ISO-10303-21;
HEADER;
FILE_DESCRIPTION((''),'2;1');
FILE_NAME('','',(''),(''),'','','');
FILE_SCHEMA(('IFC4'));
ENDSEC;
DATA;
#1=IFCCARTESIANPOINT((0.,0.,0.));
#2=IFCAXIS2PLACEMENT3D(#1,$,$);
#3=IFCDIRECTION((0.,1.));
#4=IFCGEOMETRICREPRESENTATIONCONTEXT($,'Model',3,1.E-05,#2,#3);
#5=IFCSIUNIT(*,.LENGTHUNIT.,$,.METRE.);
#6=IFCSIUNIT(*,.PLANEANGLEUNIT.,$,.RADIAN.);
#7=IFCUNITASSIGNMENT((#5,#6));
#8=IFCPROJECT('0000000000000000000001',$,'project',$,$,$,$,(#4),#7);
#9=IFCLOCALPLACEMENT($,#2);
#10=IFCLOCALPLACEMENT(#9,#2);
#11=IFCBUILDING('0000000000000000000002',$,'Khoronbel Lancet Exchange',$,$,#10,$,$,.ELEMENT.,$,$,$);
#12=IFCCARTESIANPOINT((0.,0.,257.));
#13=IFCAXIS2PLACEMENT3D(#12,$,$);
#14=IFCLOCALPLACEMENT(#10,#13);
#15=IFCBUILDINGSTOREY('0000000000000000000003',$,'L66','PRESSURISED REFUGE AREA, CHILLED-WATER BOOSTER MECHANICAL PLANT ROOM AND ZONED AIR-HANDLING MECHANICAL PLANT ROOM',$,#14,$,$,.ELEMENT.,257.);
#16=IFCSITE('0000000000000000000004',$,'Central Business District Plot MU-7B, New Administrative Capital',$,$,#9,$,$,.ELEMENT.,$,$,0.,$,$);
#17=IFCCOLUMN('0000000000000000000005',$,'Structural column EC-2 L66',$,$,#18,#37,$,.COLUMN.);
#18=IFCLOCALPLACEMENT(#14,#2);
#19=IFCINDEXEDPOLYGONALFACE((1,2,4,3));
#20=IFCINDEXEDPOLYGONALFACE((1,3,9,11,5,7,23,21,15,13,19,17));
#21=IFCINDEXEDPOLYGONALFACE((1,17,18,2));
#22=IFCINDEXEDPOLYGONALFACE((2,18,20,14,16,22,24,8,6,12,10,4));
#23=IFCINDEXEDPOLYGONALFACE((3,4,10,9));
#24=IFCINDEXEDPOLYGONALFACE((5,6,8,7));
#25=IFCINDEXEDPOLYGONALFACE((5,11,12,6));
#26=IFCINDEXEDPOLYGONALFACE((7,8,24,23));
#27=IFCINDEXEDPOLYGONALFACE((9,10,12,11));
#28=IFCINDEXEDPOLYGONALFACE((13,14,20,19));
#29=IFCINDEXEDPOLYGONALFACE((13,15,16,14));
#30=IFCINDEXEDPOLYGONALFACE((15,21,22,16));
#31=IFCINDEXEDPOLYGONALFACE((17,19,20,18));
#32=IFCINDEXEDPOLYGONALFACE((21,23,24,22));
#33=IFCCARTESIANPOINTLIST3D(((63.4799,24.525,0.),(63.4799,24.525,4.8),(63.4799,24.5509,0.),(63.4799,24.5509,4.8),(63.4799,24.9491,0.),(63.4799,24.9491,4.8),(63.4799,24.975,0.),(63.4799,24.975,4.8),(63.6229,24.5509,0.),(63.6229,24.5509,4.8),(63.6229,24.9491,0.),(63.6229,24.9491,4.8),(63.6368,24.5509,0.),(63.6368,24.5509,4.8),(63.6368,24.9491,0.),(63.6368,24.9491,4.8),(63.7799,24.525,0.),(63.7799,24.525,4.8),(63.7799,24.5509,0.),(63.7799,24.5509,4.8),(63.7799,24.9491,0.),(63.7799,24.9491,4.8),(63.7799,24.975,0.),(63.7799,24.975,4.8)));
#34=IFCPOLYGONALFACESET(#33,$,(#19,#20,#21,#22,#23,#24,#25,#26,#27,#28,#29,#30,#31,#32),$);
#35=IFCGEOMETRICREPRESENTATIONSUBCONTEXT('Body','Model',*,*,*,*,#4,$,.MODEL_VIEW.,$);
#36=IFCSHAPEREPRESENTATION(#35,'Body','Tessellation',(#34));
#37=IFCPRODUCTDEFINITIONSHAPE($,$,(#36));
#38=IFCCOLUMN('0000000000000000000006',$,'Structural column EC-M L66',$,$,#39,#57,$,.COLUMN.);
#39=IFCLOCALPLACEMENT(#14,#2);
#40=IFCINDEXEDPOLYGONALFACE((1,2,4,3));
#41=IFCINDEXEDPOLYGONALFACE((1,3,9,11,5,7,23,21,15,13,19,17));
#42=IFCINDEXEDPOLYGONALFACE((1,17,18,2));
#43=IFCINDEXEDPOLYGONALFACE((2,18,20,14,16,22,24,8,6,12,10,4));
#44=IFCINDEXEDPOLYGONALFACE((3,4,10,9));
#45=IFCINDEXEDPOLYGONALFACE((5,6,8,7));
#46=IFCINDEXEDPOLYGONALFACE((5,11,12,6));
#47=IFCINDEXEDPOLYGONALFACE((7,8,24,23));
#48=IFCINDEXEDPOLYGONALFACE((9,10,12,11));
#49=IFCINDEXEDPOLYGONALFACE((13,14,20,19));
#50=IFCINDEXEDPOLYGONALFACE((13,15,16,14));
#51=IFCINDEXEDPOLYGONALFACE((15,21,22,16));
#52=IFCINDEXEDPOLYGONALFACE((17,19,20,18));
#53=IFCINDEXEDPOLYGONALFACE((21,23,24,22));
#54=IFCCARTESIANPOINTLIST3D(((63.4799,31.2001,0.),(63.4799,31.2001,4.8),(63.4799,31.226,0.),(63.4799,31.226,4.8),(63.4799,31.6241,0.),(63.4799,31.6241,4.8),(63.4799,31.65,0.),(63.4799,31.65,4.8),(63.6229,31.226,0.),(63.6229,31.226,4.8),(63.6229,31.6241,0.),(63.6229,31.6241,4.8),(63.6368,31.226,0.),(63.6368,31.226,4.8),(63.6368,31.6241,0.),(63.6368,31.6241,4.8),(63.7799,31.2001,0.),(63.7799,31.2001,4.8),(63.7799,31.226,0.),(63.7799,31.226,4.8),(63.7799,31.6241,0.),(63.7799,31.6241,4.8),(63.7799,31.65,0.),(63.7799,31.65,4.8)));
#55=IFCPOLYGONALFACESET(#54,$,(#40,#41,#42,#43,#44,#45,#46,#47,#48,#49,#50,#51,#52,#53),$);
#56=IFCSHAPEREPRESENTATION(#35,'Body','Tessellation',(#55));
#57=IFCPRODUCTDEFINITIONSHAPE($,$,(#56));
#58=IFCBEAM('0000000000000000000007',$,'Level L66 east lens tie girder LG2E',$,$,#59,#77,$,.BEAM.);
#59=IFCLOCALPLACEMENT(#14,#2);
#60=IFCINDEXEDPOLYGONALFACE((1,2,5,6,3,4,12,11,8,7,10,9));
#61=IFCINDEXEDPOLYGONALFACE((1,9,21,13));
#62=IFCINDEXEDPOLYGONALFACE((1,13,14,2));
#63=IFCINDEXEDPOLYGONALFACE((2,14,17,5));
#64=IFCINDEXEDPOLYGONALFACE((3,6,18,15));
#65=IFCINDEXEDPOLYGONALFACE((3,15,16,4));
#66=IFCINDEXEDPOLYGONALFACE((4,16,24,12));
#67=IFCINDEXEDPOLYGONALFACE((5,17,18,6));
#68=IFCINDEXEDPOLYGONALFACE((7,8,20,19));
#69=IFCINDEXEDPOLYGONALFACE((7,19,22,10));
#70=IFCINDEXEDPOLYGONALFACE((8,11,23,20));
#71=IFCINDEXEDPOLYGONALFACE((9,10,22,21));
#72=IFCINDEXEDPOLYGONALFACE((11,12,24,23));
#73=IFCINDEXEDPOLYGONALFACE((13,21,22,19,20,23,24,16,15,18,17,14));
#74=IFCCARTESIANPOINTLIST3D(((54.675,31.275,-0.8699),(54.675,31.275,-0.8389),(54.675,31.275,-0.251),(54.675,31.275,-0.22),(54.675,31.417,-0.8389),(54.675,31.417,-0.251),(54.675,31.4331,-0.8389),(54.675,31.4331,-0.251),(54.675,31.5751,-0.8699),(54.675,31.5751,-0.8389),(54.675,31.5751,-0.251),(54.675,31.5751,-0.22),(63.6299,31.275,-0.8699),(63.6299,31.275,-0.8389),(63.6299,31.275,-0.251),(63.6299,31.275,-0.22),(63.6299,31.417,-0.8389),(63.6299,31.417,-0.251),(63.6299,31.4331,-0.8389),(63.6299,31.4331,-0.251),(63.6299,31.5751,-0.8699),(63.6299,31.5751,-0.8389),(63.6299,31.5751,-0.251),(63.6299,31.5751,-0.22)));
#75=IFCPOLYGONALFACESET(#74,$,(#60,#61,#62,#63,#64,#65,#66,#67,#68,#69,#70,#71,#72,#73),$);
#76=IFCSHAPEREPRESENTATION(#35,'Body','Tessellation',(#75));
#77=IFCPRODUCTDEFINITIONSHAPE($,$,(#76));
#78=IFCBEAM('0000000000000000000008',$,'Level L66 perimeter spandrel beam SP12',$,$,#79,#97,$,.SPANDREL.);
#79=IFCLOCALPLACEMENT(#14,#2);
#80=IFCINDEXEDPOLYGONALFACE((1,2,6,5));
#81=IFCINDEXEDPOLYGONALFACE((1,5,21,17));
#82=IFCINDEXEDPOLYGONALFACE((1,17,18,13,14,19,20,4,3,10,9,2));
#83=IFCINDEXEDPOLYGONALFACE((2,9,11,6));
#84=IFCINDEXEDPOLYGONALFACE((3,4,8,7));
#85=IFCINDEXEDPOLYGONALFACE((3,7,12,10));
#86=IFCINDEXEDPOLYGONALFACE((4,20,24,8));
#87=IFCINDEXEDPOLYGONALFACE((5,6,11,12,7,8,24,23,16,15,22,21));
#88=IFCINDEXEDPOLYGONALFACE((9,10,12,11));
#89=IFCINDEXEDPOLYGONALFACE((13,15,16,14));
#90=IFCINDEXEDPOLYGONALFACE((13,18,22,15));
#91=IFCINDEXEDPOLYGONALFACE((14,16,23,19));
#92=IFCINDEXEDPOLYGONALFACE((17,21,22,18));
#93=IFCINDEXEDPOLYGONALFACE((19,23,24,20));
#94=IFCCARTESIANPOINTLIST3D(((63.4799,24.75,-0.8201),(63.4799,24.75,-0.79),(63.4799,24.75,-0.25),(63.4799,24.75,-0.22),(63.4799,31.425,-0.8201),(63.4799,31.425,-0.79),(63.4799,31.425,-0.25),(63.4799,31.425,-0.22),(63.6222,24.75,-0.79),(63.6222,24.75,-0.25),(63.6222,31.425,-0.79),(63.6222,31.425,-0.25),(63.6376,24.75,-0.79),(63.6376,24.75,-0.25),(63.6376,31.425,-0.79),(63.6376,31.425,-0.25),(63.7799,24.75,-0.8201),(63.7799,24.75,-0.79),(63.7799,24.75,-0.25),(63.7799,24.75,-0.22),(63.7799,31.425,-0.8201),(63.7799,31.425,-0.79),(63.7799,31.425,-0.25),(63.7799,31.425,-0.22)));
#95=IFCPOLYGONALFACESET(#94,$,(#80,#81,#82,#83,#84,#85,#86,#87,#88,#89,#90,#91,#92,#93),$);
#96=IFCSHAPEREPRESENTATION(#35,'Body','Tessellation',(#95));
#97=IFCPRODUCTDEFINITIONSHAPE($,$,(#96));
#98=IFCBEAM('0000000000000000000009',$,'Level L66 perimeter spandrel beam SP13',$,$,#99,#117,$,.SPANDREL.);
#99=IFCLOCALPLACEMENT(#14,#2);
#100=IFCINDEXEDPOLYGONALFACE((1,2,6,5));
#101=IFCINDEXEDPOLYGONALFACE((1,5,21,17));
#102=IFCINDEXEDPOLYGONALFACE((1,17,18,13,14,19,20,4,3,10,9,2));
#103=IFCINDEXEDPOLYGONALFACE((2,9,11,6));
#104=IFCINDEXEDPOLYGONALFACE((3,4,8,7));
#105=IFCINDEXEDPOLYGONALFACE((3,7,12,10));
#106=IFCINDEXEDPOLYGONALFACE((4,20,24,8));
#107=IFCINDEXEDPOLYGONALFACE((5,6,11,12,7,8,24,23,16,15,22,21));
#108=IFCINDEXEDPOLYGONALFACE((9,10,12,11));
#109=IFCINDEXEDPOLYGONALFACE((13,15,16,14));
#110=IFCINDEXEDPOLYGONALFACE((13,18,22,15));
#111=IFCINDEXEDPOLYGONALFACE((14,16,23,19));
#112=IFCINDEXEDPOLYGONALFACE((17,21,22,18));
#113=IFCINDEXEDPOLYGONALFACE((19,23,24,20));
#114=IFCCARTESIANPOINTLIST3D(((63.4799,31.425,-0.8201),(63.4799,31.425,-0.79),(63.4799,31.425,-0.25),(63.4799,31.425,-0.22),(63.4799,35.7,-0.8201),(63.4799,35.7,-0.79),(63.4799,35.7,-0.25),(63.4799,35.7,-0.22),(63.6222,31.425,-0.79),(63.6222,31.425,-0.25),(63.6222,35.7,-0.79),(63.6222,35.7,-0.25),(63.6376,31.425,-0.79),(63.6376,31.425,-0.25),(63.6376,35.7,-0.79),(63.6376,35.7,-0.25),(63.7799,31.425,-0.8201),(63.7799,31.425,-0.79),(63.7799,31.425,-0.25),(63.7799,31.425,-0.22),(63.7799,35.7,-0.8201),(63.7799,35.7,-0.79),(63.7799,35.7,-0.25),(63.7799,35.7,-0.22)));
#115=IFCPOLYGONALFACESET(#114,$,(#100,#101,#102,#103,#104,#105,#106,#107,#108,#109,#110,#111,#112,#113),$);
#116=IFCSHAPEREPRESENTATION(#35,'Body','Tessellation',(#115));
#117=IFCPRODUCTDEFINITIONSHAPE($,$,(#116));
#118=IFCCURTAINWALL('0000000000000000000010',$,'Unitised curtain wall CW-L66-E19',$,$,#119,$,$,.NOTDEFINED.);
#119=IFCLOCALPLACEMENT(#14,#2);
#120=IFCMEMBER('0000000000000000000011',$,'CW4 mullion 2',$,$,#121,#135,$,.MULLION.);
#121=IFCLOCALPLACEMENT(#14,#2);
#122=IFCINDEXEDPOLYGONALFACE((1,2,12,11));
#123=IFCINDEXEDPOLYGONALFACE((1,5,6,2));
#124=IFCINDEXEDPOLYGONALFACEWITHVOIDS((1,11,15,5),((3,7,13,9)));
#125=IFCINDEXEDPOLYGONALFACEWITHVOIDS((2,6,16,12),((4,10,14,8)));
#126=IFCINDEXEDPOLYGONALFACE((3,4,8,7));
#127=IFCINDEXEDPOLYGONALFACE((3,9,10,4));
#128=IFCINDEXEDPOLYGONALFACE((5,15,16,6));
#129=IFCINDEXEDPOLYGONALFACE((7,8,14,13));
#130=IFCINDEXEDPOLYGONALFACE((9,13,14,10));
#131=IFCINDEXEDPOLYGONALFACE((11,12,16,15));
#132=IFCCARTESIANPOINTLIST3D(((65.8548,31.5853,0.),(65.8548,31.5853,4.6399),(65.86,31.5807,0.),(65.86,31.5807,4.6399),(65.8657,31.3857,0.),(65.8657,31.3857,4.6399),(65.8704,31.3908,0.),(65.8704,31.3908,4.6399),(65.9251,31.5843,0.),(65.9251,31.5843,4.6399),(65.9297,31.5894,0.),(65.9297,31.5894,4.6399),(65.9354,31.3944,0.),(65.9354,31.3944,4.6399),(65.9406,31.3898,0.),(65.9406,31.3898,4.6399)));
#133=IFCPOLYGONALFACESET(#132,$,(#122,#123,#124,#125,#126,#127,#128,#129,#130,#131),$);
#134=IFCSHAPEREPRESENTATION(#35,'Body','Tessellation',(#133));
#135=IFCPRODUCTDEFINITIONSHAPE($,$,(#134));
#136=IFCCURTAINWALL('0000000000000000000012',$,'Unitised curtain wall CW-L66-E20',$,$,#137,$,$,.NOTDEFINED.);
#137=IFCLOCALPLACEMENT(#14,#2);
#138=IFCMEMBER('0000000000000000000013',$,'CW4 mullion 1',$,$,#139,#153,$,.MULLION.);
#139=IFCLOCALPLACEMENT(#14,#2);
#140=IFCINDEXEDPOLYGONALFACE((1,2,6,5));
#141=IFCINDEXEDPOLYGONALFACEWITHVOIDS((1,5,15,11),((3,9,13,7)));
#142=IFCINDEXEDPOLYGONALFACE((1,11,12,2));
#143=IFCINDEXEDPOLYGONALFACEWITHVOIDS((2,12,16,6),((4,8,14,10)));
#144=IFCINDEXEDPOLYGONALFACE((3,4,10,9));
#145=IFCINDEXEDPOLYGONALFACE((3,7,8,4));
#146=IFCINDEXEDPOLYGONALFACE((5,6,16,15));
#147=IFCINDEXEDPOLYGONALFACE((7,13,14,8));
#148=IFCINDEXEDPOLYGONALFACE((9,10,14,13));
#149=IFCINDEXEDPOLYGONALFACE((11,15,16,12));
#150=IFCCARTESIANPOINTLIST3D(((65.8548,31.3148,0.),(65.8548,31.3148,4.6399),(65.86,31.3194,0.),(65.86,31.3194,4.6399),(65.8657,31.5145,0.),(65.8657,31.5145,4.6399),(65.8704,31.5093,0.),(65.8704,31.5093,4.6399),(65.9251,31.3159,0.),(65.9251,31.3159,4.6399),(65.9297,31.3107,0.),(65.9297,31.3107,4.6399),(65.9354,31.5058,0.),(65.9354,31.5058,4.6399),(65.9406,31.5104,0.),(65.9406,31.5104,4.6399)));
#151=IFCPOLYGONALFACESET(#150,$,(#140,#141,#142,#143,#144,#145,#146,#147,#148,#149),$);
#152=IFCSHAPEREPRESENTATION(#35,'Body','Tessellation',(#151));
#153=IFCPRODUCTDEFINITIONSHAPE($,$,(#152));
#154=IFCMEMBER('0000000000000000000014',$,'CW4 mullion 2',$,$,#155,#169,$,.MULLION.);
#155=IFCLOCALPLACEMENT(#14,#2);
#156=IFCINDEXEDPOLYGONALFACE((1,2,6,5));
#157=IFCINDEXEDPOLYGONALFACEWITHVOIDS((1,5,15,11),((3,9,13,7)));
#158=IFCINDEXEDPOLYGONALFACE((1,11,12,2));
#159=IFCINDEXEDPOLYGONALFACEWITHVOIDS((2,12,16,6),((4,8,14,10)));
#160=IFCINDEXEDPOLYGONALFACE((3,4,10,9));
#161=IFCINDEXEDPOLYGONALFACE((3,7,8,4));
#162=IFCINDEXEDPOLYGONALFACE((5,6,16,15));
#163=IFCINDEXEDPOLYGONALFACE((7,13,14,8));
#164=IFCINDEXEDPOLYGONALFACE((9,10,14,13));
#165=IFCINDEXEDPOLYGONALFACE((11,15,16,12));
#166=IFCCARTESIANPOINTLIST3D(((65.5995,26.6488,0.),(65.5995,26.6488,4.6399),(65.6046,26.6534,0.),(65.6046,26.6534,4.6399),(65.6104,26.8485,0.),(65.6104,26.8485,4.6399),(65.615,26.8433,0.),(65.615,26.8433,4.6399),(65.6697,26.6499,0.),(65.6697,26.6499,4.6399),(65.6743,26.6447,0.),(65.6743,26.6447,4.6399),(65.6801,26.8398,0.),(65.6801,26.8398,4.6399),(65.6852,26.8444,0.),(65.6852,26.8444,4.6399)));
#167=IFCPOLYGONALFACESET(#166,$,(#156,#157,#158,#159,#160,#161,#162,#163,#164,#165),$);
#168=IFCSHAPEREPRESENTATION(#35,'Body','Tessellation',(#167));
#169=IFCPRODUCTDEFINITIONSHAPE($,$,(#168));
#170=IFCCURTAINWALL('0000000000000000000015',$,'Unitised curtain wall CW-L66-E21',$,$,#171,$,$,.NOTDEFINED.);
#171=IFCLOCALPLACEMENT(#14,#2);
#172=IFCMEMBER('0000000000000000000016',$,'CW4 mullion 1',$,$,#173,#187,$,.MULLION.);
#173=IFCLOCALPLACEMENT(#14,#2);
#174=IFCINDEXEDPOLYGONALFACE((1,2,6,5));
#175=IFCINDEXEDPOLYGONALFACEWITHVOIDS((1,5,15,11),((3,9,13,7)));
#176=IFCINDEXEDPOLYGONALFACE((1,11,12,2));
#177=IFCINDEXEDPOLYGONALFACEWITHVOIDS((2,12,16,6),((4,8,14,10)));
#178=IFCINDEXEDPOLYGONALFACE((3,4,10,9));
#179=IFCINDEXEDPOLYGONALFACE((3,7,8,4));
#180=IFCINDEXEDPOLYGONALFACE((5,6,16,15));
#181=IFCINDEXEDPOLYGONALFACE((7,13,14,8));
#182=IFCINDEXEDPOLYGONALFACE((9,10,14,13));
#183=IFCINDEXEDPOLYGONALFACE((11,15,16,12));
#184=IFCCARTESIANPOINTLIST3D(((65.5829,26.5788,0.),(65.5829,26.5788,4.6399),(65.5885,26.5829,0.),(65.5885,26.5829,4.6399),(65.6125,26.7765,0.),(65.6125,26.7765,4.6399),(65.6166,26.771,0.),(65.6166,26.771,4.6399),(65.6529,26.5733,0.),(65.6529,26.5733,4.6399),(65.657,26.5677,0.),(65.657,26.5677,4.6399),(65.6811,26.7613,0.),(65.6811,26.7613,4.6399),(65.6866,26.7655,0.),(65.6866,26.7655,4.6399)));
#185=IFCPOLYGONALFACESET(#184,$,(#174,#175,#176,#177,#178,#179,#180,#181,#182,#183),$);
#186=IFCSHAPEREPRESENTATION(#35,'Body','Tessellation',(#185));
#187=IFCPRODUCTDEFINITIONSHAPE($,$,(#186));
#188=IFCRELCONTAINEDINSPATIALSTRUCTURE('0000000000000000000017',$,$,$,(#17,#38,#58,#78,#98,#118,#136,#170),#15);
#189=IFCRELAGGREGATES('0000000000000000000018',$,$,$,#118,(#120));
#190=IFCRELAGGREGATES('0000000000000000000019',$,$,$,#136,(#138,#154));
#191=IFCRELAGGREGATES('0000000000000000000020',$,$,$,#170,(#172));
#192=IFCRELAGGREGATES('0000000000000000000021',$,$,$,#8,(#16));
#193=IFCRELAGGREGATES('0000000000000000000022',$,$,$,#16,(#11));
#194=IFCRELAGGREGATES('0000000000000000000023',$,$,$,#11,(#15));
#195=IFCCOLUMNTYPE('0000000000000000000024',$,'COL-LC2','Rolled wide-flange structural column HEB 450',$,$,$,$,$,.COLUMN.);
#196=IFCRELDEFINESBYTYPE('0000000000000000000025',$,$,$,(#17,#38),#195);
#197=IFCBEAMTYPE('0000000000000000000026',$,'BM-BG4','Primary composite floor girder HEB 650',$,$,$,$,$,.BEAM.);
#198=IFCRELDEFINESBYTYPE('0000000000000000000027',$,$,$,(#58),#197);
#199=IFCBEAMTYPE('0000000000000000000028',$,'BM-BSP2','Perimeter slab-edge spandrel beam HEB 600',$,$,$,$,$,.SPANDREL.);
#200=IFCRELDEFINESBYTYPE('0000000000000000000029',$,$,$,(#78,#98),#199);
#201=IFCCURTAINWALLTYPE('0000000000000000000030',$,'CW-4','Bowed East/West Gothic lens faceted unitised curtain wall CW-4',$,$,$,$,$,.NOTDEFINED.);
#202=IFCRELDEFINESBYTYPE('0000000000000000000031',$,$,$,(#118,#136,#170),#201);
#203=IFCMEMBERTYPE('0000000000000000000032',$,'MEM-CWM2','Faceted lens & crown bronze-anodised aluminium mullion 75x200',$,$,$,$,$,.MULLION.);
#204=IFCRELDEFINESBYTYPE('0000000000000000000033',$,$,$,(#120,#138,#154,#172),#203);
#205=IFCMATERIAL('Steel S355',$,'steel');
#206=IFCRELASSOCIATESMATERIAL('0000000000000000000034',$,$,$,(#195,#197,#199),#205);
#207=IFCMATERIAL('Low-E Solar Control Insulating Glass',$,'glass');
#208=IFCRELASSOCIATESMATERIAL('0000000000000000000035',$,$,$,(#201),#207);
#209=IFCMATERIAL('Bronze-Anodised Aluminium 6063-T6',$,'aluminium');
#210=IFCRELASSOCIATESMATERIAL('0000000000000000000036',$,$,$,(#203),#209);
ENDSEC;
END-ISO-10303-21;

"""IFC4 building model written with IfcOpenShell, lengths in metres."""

from ifc_helpers import new_model, si_unit, direction, frame, origin, origin_2d, place, context, subcontext, project, spatial, hollow_rectangle, i_section, extrude, material, material_profile, profile_set, type_object, element, aggregate, save


model = new_model("IFC4")

# Units and contexts
model_context = context("Model", 3, precision=1e-05, world=origin(), true_north=direction((0.0, 1.0)))
body_context = subcontext(model_context, "Body", "Model", "MODEL_VIEW")
ifc_project = project(units=[si_unit("LENGTHUNIT", "METRE"), si_unit("PLANEANGLEUNIT", "RADIAN")], contexts=[model_context])

# Site, building, storey
site_placement = place(None, origin())
site = spatial("IfcSite", under=ifc_project, at=site_placement, Name="Central Business District Plot MU-7B, New Administrative Capital", CompositionType="ELEMENT", RefElevation=0.0)
building_placement = place(site_placement, origin())
building = spatial("IfcBuilding", under=site, at=building_placement, Name="Khoronbel Lancet Exchange", CompositionType="ELEMENT")
storey_placement = place(building_placement, frame((0.0, 0.0, 257.0)))
storey = spatial("IfcBuildingStorey", under=building, at=storey_placement, Name="L66", Description="PRESSURISED REFUGE AREA, CHILLED-WATER BOOSTER MECHANICAL PLANT ROOM AND ZONED AIR-HANDLING MECHANICAL PLANT ROOM", CompositionType="ELEMENT", Elevation=257.0)

# Columns
ifc_material_1 = material(Name="Steel S355", Category="steel")
ifc_material_profile_1 = material_profile(ifc_material_1, i_section(OverallWidth=0.3, OverallDepth=0.45, WebThickness=0.0139, FlangeThickness=0.0259, at=origin_2d()), Name="HEB 450")
ifc_profile_set_1 = profile_set([ifc_material_profile_1], Name="Steel S355")
column_type = type_object("IfcColumnType", Name="COL-LC2", Description="Rolled wide-flange structural column HEB 450", PredefinedType="COLUMN", material=ifc_profile_set_1)
for number, where, z_axis, x_axis, name in (
    (1, (63.6299, 24.75, 0.0), (0.0, 0.0, 1.0), (1.0, 0.0, 0.0), "Structural column EC-2 L66"),
    (2, (63.6299, 31.425, 0.0), (0.0, 0.0, 1.0), (1.0, 0.0, 0.0), "Structural column EC-M L66"),
):
    element("IfcColumn", number, at=place(storey_placement, frame(where, z_axis=z_axis, x_axis=x_axis)), inside=storey, type_object=column_type, Name=name, PredefinedType="COLUMN", context=body_context, shape_type="SweptSolid", body=[
        extrude(i_section(OverallWidth=0.3, OverallDepth=0.45, WebThickness=0.0139, FlangeThickness=0.0259, at=origin_2d()), origin(), (0.0, 0.0, 1.0), 4.8),
    ])

# Beams
ifc_material_profile_2 = material_profile(ifc_material_1, i_section(OverallWidth=0.3, OverallDepth=0.6499, WebThickness=0.0161, FlangeThickness=0.031, at=origin_2d()), Name="HEB 650")
ifc_profile_set_2 = profile_set([ifc_material_profile_2], Name="Steel S355")
beam_type_1 = type_object("IfcBeamType", Name="BM-BG4", Description="Primary composite floor girder HEB 650", PredefinedType="BEAM", material=ifc_profile_set_2)
beam_1_placement = place(storey_placement, frame((54.675, 31.425, -0.5449), z_axis=(1.0, 0.0, 0.0), x_axis=(0.0, 1.0, 0.0)))
element("IfcBeam", 3, at=beam_1_placement, inside=storey, type_object=beam_type_1, Name="Level L66 east lens tie girder LG2E", PredefinedType="BEAM", context=body_context, shape_type="SweptSolid", body=[
    extrude(i_section(OverallWidth=0.3, OverallDepth=0.6499, WebThickness=0.0161, FlangeThickness=0.031, at=origin_2d()), origin(), (0.0, 0.0, 1.0), 8.9548),
])
ifc_material_profile_3 = material_profile(ifc_material_1, i_section(OverallWidth=0.3, OverallDepth=0.6001, WebThickness=0.0154, FlangeThickness=0.03, at=origin_2d()), Name="HEB 600")
ifc_profile_set_3 = profile_set([ifc_material_profile_3], Name="Steel S355")
beam_type_2 = type_object("IfcBeamType", Name="BM-BSP2", Description="Perimeter slab-edge spandrel beam HEB 600", PredefinedType="SPANDREL", material=ifc_profile_set_3)
beam_2_placement = place(storey_placement, frame((63.6299, 24.75, -0.52), z_axis=(0.0, 1.0, 0.0), x_axis=(-1.0, 0.0, 0.0)))
element("IfcBeam", 4, at=beam_2_placement, inside=storey, type_object=beam_type_2, Name="Level L66 perimeter spandrel beam SP12", PredefinedType="SPANDREL", context=body_context, shape_type="SweptSolid", body=[
    extrude(i_section(OverallWidth=0.3, OverallDepth=0.6001, WebThickness=0.0154, FlangeThickness=0.03, at=origin_2d()), origin(), (0.0, 0.0, 1.0), 6.675),
])
beam_3_placement = place(storey_placement, frame((63.6299, 31.425, -0.52), z_axis=(0.0, 1.0, 0.0), x_axis=(-1.0, 0.0, 0.0)))
element("IfcBeam", 5, at=beam_3_placement, inside=storey, type_object=beam_type_2, Name="Level L66 perimeter spandrel beam SP13", PredefinedType="SPANDREL", context=body_context, shape_type="SweptSolid", body=[
    extrude(i_section(OverallWidth=0.3, OverallDepth=0.6001, WebThickness=0.0154, FlangeThickness=0.03, at=origin_2d()), origin(), (0.0, 0.0, 1.0), 4.2749),
])

# Curtain wall, member
ifc_material_2 = material(Name="Low-E Solar Control Insulating Glass", Category="glass")
curtain_wall_type = type_object("IfcCurtainWallType", Name="CW-4", Description="Bowed East/West Gothic lens faceted unitised curtain wall CW-4", PredefinedType="NOTDEFINED", material=ifc_material_2)
curtain_wall_1_placement = place(storey_placement, origin())
curtain_wall_1 = element("IfcCurtainWall", 6, at=curtain_wall_1_placement, inside=storey, type_object=curtain_wall_type, Name="Unitised curtain wall CW-L66-E19", PredefinedType="NOTDEFINED")
ifc_material_3 = material(Name="Bronze-Anodised Aluminium 6063-T6", Category="aluminium")
ifc_material_profile_4 = material_profile(ifc_material_3, hollow_rectangle(XDim=0.075, YDim=0.2, WallThickness=0.0049, at=origin_2d()), Name="ALU MULLION 75x200")
ifc_profile_set_4 = profile_set([ifc_material_profile_4], Name="Bronze-Anodised Aluminium 6063-T6")
member_type_1 = type_object("IfcMemberType", Name="MEM-CWM2", Description="Faceted lens & crown bronze-anodised aluminium mullion 75x200", PredefinedType="MULLION", material=ifc_profile_set_4)
member_1_placement = place(storey_placement, frame((65.8977, 31.4875, 0.0), z_axis=(0.0, 0.0, 1.0), x_axis=(0.998506, 0.054634, 0.0)))
member_1 = element("IfcMember", 7, at=member_1_placement, type_object=member_type_1, Name="CW4 mullion 2", PredefinedType="MULLION", context=body_context, shape_type="SweptSolid", body=[
    extrude(hollow_rectangle(XDim=0.075, YDim=0.2, WallThickness=0.0049, at=origin_2d()), origin(), (0.0, 0.0, 1.0), 4.6399),
])

# Curtain walls, members
curtain_wall_2_placement = place(storey_placement, origin())
curtain_wall_2 = element("IfcCurtainWall", 8, at=curtain_wall_2_placement, inside=storey, type_object=curtain_wall_type, Name="Unitised curtain wall CW-L66-E20", PredefinedType="NOTDEFINED")
member_2_placement = place(storey_placement, frame((65.8977, 31.4126, 0.0), z_axis=(0.0, 0.0, 1.0), x_axis=(0.998506, -0.054634, 0.0)))
member_2 = element("IfcMember", 9, at=member_2_placement, type_object=member_type_1, Name="CW4 mullion 1", PredefinedType="MULLION", context=body_context, shape_type="SweptSolid", body=[
    extrude(hollow_rectangle(XDim=0.075, YDim=0.2, WallThickness=0.0049, at=origin_2d()), origin(), (0.0, 0.0, 1.0), 4.6399),
])
member_3_placement = place(storey_placement, frame((65.6423, 26.7466, 0.0), z_axis=(0.0, 0.0, 1.0), x_axis=(0.998506, -0.054634, 0.0)))
member_3 = element("IfcMember", 10, at=member_3_placement, type_object=member_type_1, Name="CW4 mullion 2", PredefinedType="MULLION", context=body_context, shape_type="SweptSolid", body=[
    extrude(hollow_rectangle(XDim=0.075, YDim=0.2, WallThickness=0.0049, at=origin_2d()), origin(), (0.0, 0.0, 1.0), 4.6399),
])
curtain_wall_3_placement = place(storey_placement, origin())
curtain_wall_3 = element("IfcCurtainWall", 11, at=curtain_wall_3_placement, inside=storey, type_object=curtain_wall_type, Name="Unitised curtain wall CW-L66-E21", PredefinedType="NOTDEFINED")
member_4_placement = place(storey_placement, frame((65.6348, 26.6721, 0.0), z_axis=(0.0, 0.0, 1.0), x_axis=(0.989007, -0.147869, 0.0)))
member_4 = element("IfcMember", 12, at=member_4_placement, type_object=member_type_1, Name="CW4 mullion 1", PredefinedType="MULLION", context=body_context, shape_type="SweptSolid", body=[
    extrude(hollow_rectangle(XDim=0.075, YDim=0.2, WallThickness=0.0049, at=origin_2d()), origin(), (0.0, 0.0, 1.0), 4.6399),
])

aggregate(curtain_wall_1, [member_1])
aggregate(curtain_wall_2, [member_2, member_3])
aggregate(curtain_wall_3, [member_4])

save(model, "model.ifc")
